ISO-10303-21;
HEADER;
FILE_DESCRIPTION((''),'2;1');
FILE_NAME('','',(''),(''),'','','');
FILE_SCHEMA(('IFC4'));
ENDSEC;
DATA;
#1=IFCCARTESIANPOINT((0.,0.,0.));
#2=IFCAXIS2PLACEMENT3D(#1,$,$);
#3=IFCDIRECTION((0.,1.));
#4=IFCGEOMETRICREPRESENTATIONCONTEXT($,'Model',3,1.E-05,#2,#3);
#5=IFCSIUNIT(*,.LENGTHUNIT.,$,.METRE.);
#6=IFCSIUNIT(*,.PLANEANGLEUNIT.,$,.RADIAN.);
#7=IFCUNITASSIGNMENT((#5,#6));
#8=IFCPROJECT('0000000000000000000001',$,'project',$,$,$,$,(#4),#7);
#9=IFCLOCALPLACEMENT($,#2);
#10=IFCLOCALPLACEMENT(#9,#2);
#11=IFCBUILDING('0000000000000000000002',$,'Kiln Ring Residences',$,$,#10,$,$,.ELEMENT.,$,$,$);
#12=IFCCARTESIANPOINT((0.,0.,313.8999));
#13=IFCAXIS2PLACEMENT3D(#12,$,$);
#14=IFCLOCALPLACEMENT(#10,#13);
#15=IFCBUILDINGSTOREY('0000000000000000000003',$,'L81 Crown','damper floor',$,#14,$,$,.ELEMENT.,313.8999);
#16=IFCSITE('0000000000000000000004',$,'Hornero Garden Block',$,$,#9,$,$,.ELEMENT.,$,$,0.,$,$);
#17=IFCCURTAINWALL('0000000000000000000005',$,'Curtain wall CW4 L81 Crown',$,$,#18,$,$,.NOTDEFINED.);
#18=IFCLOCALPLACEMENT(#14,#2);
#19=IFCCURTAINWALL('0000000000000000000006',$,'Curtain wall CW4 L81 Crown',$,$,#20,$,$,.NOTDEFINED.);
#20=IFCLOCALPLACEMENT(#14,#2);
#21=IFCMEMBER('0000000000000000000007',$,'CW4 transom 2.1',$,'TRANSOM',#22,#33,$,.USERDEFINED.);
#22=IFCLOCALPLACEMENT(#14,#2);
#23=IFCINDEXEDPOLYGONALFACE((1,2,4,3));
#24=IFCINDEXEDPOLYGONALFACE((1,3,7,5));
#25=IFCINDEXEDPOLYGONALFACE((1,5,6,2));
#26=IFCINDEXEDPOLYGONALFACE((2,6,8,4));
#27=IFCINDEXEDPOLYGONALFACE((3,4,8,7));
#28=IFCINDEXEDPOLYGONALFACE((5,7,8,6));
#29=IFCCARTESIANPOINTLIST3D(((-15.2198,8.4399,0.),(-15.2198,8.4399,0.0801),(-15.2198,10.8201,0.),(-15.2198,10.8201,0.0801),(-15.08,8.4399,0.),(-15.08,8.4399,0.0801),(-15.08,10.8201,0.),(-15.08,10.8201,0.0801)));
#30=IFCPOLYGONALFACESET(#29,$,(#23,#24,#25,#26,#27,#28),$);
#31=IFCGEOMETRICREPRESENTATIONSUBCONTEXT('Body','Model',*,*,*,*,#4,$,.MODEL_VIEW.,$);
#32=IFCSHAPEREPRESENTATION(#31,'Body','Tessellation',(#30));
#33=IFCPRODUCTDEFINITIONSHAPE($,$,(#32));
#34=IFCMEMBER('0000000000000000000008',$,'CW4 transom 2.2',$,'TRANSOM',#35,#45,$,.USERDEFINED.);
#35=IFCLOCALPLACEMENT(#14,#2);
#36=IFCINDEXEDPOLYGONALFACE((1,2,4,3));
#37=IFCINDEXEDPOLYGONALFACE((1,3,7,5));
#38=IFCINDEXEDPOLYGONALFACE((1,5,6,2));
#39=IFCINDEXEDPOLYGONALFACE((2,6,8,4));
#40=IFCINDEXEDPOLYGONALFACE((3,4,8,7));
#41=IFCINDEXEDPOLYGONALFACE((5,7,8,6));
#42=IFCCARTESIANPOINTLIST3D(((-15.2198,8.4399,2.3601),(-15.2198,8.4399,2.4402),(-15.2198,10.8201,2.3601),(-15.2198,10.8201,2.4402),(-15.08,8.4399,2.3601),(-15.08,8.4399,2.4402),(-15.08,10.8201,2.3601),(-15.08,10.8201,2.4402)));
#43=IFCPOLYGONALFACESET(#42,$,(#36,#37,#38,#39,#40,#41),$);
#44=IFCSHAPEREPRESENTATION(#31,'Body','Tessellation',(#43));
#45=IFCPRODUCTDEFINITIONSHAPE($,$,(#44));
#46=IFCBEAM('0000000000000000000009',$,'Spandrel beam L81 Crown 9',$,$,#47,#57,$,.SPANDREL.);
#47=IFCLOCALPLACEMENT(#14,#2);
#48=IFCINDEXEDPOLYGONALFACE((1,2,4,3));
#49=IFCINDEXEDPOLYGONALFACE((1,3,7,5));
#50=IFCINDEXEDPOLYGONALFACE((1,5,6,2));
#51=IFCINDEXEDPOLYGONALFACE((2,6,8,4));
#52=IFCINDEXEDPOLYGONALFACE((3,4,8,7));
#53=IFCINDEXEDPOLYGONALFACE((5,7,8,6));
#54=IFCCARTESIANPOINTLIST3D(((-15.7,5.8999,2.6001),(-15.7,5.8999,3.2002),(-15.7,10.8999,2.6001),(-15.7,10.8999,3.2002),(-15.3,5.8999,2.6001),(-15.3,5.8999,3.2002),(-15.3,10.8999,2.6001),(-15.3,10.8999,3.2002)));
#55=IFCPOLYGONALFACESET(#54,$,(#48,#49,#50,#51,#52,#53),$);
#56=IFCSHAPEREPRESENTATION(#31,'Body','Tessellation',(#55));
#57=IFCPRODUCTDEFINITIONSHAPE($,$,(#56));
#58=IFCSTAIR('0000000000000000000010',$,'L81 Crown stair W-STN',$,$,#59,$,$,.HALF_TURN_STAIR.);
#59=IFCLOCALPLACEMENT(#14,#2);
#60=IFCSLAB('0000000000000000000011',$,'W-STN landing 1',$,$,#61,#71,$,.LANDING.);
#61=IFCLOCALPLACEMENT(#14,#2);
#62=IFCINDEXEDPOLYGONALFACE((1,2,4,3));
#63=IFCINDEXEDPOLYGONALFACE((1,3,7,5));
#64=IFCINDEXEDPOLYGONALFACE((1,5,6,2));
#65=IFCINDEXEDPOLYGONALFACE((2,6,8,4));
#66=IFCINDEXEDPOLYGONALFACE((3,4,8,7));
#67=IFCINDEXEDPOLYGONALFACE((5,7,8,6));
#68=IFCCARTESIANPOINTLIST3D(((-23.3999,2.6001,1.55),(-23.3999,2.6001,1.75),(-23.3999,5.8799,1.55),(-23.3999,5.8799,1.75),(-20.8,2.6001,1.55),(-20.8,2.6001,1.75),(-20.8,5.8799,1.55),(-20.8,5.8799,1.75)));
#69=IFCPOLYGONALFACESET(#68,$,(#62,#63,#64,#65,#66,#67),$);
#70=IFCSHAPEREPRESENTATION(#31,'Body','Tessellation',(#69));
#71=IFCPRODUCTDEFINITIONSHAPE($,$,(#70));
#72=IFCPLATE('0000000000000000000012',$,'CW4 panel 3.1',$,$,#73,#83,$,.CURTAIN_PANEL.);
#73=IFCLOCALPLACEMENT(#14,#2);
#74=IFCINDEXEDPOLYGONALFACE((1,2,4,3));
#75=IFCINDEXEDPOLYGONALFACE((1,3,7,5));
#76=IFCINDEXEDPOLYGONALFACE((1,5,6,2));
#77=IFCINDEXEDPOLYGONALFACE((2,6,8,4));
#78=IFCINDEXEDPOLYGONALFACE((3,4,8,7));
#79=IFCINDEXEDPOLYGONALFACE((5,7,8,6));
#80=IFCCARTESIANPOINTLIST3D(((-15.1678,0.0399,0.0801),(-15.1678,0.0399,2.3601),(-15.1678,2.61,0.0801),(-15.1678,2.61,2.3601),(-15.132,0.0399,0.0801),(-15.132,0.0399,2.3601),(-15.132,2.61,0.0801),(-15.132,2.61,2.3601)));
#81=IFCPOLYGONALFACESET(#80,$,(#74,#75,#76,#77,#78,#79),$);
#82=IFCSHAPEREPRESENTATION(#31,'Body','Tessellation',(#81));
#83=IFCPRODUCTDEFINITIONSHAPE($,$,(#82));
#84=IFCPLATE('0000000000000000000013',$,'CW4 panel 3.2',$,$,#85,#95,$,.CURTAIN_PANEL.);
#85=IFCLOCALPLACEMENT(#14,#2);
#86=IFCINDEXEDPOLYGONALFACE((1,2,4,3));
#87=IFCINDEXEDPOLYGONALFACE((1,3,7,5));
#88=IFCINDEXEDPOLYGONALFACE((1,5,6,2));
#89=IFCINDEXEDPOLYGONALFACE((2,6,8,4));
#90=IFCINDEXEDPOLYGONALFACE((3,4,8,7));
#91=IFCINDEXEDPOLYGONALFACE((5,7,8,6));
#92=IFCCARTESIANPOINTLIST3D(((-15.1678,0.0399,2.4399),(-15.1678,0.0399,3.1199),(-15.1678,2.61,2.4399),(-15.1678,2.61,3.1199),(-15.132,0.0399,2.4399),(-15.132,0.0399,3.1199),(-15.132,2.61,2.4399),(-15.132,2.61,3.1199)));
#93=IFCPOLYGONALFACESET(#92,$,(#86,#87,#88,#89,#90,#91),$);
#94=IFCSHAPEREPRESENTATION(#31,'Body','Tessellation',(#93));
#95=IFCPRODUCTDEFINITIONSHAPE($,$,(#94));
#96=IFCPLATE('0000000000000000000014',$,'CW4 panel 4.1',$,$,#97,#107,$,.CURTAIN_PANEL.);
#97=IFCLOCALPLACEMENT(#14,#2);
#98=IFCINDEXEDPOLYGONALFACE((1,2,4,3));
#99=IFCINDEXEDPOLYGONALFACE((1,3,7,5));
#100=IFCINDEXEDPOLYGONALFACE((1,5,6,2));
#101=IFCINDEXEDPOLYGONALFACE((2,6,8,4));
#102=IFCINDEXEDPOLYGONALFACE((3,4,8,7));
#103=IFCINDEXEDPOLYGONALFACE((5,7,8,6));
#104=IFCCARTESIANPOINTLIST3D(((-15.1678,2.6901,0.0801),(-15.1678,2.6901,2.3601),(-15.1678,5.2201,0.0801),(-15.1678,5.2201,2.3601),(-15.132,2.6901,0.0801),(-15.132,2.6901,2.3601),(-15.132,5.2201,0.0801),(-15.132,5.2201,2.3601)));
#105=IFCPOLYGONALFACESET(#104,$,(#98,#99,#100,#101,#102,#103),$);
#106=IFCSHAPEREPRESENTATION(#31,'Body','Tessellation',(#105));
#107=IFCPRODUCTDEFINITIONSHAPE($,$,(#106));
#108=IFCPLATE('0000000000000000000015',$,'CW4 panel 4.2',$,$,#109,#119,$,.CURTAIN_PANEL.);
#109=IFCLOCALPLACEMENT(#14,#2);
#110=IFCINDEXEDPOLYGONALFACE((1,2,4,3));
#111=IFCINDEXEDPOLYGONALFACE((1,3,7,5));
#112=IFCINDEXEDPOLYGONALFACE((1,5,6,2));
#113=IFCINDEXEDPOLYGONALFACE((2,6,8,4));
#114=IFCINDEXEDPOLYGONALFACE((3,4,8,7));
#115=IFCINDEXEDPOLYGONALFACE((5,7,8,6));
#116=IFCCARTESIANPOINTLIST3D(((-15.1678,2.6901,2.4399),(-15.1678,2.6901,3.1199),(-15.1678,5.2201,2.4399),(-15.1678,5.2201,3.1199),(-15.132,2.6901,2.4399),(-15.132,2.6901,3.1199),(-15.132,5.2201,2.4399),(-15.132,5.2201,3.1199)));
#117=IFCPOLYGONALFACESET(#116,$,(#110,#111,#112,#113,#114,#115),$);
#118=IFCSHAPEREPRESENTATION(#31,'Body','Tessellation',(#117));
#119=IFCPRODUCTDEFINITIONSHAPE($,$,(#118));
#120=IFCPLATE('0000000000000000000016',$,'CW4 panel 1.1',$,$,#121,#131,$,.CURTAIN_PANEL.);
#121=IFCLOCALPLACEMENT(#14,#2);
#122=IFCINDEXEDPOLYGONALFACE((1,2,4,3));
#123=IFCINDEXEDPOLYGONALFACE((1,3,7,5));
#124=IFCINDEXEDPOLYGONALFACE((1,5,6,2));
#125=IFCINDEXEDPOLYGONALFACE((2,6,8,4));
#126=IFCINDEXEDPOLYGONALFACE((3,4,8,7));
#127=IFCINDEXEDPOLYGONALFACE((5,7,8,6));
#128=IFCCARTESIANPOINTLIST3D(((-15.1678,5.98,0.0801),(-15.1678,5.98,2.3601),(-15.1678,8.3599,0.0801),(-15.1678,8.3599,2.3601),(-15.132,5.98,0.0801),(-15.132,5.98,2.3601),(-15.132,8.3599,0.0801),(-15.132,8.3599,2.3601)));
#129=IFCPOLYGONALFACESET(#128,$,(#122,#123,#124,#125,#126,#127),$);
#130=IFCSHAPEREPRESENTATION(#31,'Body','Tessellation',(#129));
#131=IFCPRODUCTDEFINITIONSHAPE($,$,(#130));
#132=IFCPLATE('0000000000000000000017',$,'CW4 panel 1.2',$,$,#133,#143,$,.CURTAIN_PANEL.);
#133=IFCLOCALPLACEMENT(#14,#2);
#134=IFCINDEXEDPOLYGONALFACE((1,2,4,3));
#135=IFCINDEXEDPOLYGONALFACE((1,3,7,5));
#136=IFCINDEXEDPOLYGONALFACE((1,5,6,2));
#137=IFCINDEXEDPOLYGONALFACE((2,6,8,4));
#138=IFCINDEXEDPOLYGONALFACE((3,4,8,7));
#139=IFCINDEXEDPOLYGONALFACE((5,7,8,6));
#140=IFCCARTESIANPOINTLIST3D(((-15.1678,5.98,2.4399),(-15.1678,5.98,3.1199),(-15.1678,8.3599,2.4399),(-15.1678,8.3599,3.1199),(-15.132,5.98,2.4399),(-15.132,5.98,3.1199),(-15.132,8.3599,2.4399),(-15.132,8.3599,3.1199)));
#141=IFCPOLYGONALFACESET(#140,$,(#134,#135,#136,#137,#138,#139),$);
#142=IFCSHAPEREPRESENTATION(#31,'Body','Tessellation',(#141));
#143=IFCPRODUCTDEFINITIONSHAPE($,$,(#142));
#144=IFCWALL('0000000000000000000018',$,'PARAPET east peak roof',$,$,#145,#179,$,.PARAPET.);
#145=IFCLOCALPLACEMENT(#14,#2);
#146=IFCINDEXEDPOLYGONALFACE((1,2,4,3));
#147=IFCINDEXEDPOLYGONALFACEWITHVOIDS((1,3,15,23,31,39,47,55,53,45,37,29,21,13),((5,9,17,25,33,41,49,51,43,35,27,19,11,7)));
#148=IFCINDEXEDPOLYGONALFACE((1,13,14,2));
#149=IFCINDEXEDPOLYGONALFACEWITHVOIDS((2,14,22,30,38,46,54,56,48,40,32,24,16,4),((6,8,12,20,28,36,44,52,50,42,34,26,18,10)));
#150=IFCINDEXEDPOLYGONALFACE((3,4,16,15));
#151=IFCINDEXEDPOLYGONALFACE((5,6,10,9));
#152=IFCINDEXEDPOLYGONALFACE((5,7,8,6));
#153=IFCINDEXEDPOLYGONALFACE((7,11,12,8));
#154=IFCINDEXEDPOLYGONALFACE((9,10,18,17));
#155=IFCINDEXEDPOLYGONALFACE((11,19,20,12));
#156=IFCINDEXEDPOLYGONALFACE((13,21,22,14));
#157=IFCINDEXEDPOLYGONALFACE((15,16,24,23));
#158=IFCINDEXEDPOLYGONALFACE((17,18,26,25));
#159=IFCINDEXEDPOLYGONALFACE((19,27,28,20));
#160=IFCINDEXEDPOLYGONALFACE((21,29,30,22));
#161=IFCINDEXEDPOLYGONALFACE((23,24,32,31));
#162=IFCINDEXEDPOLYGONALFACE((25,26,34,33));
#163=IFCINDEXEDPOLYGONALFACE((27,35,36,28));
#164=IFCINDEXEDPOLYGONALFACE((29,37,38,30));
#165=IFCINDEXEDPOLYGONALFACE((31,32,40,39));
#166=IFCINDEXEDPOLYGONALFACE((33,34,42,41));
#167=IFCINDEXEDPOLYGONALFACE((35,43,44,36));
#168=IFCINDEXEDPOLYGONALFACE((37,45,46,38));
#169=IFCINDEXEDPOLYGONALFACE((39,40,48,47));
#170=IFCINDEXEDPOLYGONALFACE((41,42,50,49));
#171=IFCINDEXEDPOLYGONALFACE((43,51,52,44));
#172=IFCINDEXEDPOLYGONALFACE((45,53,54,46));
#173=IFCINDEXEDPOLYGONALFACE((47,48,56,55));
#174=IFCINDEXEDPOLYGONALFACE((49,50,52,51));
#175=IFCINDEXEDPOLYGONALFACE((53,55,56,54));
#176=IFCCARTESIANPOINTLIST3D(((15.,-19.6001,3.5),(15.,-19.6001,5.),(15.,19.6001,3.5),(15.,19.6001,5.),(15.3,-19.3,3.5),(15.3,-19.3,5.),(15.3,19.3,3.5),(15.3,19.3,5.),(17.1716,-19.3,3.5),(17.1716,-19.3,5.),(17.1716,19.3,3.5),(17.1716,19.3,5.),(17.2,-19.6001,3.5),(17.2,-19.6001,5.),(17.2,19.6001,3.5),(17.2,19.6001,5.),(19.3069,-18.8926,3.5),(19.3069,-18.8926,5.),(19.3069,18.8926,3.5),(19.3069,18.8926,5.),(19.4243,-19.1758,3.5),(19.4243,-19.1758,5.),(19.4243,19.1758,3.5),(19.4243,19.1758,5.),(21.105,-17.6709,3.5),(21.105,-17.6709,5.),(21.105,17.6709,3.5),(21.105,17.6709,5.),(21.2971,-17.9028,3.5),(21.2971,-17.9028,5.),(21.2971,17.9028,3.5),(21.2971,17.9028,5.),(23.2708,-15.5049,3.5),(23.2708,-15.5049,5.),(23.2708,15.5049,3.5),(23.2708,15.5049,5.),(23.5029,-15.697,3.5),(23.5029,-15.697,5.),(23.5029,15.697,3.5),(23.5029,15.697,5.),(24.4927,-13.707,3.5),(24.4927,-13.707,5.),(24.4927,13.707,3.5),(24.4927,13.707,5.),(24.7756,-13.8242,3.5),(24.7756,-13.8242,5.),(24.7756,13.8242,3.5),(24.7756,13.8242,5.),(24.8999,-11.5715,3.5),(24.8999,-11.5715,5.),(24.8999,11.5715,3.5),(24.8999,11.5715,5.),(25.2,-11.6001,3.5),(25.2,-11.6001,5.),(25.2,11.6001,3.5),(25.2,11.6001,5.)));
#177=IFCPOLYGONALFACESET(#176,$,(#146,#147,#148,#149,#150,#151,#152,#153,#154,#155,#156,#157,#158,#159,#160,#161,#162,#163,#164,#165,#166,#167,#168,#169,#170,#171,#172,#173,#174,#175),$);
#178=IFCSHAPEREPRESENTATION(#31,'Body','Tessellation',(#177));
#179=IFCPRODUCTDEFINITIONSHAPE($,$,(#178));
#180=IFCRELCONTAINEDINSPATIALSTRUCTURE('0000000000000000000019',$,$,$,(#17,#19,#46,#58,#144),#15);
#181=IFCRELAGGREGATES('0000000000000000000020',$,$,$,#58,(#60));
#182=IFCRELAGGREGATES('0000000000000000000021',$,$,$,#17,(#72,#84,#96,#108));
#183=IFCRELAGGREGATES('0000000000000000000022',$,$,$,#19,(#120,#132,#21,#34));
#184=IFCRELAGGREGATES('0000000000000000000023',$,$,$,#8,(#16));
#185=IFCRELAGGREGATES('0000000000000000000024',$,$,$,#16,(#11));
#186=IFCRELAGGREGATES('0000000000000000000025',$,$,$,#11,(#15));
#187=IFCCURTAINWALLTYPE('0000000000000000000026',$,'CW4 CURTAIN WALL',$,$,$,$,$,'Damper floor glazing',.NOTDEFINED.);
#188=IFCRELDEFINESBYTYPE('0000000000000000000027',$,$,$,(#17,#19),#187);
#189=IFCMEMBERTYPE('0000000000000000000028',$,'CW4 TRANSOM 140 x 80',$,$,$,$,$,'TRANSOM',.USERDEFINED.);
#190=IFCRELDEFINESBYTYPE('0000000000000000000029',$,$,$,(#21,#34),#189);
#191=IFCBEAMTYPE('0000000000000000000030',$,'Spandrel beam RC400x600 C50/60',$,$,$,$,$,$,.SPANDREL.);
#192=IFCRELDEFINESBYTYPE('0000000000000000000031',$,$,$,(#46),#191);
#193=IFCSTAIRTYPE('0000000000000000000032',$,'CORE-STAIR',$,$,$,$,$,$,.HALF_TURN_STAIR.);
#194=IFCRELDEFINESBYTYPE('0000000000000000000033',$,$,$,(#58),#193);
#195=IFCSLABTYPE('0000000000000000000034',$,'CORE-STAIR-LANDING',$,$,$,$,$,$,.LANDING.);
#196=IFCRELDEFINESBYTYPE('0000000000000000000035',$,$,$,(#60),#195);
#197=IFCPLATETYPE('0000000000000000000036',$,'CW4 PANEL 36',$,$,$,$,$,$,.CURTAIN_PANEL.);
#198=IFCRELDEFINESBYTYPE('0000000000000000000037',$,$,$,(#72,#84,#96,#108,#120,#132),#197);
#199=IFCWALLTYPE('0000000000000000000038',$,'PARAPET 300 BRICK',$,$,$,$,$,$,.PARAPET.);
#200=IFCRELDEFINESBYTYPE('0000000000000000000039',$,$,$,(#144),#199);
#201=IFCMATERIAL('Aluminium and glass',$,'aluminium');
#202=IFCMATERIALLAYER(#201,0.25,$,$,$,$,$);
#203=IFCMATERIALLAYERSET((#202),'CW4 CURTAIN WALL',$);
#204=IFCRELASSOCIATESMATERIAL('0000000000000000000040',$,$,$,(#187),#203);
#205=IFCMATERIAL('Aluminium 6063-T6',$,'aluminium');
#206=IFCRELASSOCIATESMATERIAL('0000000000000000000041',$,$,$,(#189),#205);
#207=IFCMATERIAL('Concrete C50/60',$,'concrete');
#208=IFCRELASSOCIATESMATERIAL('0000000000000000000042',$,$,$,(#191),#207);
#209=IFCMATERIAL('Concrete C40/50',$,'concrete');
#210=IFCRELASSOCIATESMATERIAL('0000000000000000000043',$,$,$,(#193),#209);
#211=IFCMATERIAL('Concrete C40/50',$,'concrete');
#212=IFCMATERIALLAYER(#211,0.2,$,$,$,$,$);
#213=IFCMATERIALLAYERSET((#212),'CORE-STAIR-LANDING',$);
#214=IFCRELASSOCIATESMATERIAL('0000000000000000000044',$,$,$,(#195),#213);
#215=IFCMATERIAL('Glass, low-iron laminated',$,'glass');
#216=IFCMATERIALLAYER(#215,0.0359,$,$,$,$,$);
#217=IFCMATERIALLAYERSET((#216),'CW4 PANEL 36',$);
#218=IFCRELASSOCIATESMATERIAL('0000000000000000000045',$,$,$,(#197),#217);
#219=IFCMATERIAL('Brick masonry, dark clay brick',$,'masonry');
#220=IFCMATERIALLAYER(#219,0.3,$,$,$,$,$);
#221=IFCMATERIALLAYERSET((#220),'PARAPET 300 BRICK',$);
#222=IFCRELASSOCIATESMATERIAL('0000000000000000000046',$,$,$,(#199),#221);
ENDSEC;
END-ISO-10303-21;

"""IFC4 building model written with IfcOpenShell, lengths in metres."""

from ifc_helpers import new_model, si_unit, direction, frame, origin, origin_2d, place, context, subcontext, project, spatial, polyline, rectangle, outline, extrude, material, layer, layer_set, material_profile, profile_set, type_object, element, aggregate, save


model = new_model("IFC4")

# Units and contexts
model_context = context("Model", 3, precision=1e-05, world=origin(), true_north=direction((0.0, 1.0)))
body_context = subcontext(model_context, "Body", "Model", "MODEL_VIEW")
ifc_project = project(units=[si_unit("LENGTHUNIT", "METRE"), si_unit("PLANEANGLEUNIT", "RADIAN")], contexts=[model_context])

# Site, building, storey
site_placement = place(None, origin())
site = spatial("IfcSite", under=ifc_project, at=site_placement, Name="Hornero Garden Block", CompositionType="ELEMENT", RefElevation=0.0)
building_placement = place(site_placement, origin())
building = spatial("IfcBuilding", under=site, at=building_placement, Name="Kiln Ring Residences", CompositionType="ELEMENT")
storey_placement = place(building_placement, frame((0.0, 0.0, 313.8999)))
storey = spatial("IfcBuildingStorey", under=building, at=storey_placement, Name="L81 Crown", Description="damper floor", CompositionType="ELEMENT", Elevation=313.8999)

# Curtain walls
ifc_material_1 = material(Name="Aluminium and glass", Category="aluminium")
ifc_layer_1 = layer(ifc_material_1, 0.25)
ifc_layer_set_1 = layer_set([ifc_layer_1], Name="CW4 CURTAIN WALL")
curtain_wall_type = type_object("IfcCurtainWallType", Name="CW4 CURTAIN WALL", ElementType="Damper floor glazing", PredefinedType="NOTDEFINED", material=ifc_layer_set_1)
placement_1 = place(storey_placement, origin())
curtain_wall_1 = element("IfcCurtainWall", 1, at=placement_1, inside=storey, type_object=curtain_wall_type, Name="Curtain wall CW4 L81 Crown", PredefinedType="NOTDEFINED")
curtain_wall_2 = element("IfcCurtainWall", 2, at=placement_1, inside=storey, type_object=curtain_wall_type, Name="Curtain wall CW4 L81 Crown", PredefinedType="NOTDEFINED")

# Members
ifc_material_2 = material(Name="Aluminium 6063-T6", Category="aluminium")
ifc_material_profile_1 = material_profile(ifc_material_2, rectangle(XDim=0.1399, YDim=0.0801, at=origin_2d()), Name="AL 140x80")
ifc_profile_set_1 = profile_set([ifc_material_profile_1], Name="Aluminium 6063-T6")
member_type_1 = type_object("IfcMemberType", Name="CW4 TRANSOM 140 x 80", ElementType="TRANSOM", PredefinedType="USERDEFINED", material=ifc_profile_set_1)
member_1_placement = place(storey_placement, frame((-15.1499, 8.4399, 0.04), z_axis=(0.0, 1.0, 0.0), x_axis=(-1.0, 0.0, 0.0)))
member_1 = element("IfcMember", 3, at=member_1_placement, type_object=member_type_1, Name="CW4 transom 2.1", ObjectType="TRANSOM", PredefinedType="USERDEFINED", context=body_context, shape_type="SweptSolid", body=[
    extrude(rectangle(XDim=0.1399, YDim=0.0801, at=origin_2d()), origin(), (0.0, 0.0, 1.0), 2.3801),
])
member_2_placement = place(storey_placement, frame((-15.1499, 8.4399, 2.4001), z_axis=(0.0, 1.0, 0.0), x_axis=(-1.0, 0.0, 0.0)))
member_2 = element("IfcMember", 4, at=member_2_placement, type_object=member_type_1, Name="CW4 transom 2.2", ObjectType="TRANSOM", PredefinedType="USERDEFINED", context=body_context, shape_type="SweptSolid", body=[
    extrude(rectangle(XDim=0.1399, YDim=0.0801, at=origin_2d()), origin(), (0.0, 0.0, 1.0), 2.3801),
])

# Beam
ifc_material_3 = material(Name="Concrete C50/60", Category="concrete")
ifc_material_profile_2 = material_profile(ifc_material_3, rectangle(XDim=0.3999, YDim=0.6001, at=origin_2d()), Name="RC400x600")
ifc_profile_set_2 = profile_set([ifc_material_profile_2], Name="Concrete C50/60")
beam_type = type_object("IfcBeamType", Name="Spandrel beam RC400x600 C50/60", PredefinedType="SPANDREL", material=ifc_profile_set_2)
beam_placement = place(storey_placement, frame((-15.5, 5.8999, 2.9001), z_axis=(0.0, 1.0, 0.0), x_axis=(-1.0, 0.0, 0.0)))
element("IfcBeam", 5, at=beam_placement, inside=storey, type_object=beam_type, Name="Spandrel beam L81 Crown 9", PredefinedType="SPANDREL", context=body_context, shape_type="SweptSolid", body=[
    extrude(rectangle(XDim=0.3999, YDim=0.6001, at=origin_2d()), origin(), (0.0, 0.0, 1.0), 5.0),
])

# Stair, slab
ifc_material_4 = material(Name="Concrete C40/50", Category="concrete")
stair_type = type_object("IfcStairType", Name="CORE-STAIR", PredefinedType="HALF_TURN_STAIR", material=ifc_material_4)
stair = element("IfcStair", 6, at=placement_1, inside=storey, type_object=stair_type, Name="L81 Crown stair W-STN", PredefinedType="HALF_TURN_STAIR")
ifc_material_5 = material(Name="Concrete C40/50", Category="concrete")
ifc_layer_2 = layer(ifc_material_5, 0.2)
ifc_layer_set_2 = layer_set([ifc_layer_2], Name="CORE-STAIR-LANDING")
slab_type = type_object("IfcSlabType", Name="CORE-STAIR-LANDING", PredefinedType="LANDING", material=ifc_layer_set_2)
slab_placement = place(storey_placement, frame((0.0, 0.0, 1.55)))
slab = element("IfcSlab", 7, at=slab_placement, type_object=slab_type, Name="W-STN landing 1", PredefinedType="LANDING", context=body_context, shape_type="SweptSolid", body=[
    extrude(outline(polyline([(-23.3999, 5.8799), (-23.3999, 2.6001), (-20.8, 2.6001), (-20.8, 5.8799), (-23.3999, 5.8799)])), origin(), (0.0, 0.0, 1.0), 0.2),
])
aggregate(stair, [slab])

# Plates
ifc_material_6 = material(Name="Glass, low-iron laminated", Category="glass")
ifc_layer_3 = layer(ifc_material_6, 0.0359)
ifc_layer_set_3 = layer_set([ifc_layer_3], Name="CW4 PANEL 36")
plate_type = type_object("IfcPlateType", Name="CW4 PANEL 36", PredefinedType="CURTAIN_PANEL", material=ifc_layer_set_3)
plate_1_placement = place(storey_placement, frame((-15.1499, 1.325, 0.0801), z_axis=(0.0, 0.0, 1.0), x_axis=(0.0, 1.0, 0.0)))
plate_1 = element("IfcPlate", 8, at=plate_1_placement, type_object=plate_type, Name="CW4 panel 3.1", PredefinedType="CURTAIN_PANEL", context=body_context, shape_type="SweptSolid", body=[
    extrude(rectangle(XDim=2.5701, YDim=0.0359, at=origin_2d()), origin(), (0.0, 0.0, 1.0), 2.28),
])
plate_2_placement = place(storey_placement, frame((-15.1499, 1.325, 2.4399), z_axis=(0.0, 0.0, 1.0), x_axis=(0.0, 1.0, 0.0)))
plate_2 = element("IfcPlate", 9, at=plate_2_placement, type_object=plate_type, Name="CW4 panel 3.2", PredefinedType="CURTAIN_PANEL", context=body_context, shape_type="SweptSolid", body=[
    extrude(rectangle(XDim=2.5701, YDim=0.0359, at=origin_2d()), origin(), (0.0, 0.0, 1.0), 0.6799),
])
plate_3_placement = place(storey_placement, frame((-15.1499, 3.9551, 0.0801), z_axis=(0.0, 0.0, 1.0), x_axis=(0.0, 1.0, 0.0)))
plate_3 = element("IfcPlate", 10, at=plate_3_placement, type_object=plate_type, Name="CW4 panel 4.1", PredefinedType="CURTAIN_PANEL", context=body_context, shape_type="SweptSolid", body=[
    extrude(rectangle(XDim=2.53, YDim=0.0359, at=origin_2d()), origin(), (0.0, 0.0, 1.0), 2.28),
])
plate_4_placement = place(storey_placement, frame((-15.1499, 3.9551, 2.4399), z_axis=(0.0, 0.0, 1.0), x_axis=(0.0, 1.0, 0.0)))
plate_4 = element("IfcPlate", 11, at=plate_4_placement, type_object=plate_type, Name="CW4 panel 4.2", PredefinedType="CURTAIN_PANEL", context=body_context, shape_type="SweptSolid", body=[
    extrude(rectangle(XDim=2.53, YDim=0.0359, at=origin_2d()), origin(), (0.0, 0.0, 1.0), 0.6799),
])
aggregate(curtain_wall_1, [plate_1, plate_2, plate_3, plate_4])
plate_5_placement = place(storey_placement, frame((-15.1499, 7.1699, 0.0801), z_axis=(0.0, 0.0, 1.0), x_axis=(0.0, 1.0, 0.0)))
plate_5 = element("IfcPlate", 12, at=plate_5_placement, type_object=plate_type, Name="CW4 panel 1.1", PredefinedType="CURTAIN_PANEL", context=body_context, shape_type="SweptSolid", body=[
    extrude(rectangle(XDim=2.3799, YDim=0.0359, at=origin_2d()), origin(), (0.0, 0.0, 1.0), 2.28),
])
plate_6_placement = place(storey_placement, frame((-15.1499, 7.1699, 2.4399), z_axis=(0.0, 0.0, 1.0), x_axis=(0.0, 1.0, 0.0)))
plate_6 = element("IfcPlate", 13, at=plate_6_placement, type_object=plate_type, Name="CW4 panel 1.2", PredefinedType="CURTAIN_PANEL", context=body_context, shape_type="SweptSolid", body=[
    extrude(rectangle(XDim=2.3799, YDim=0.0359, at=origin_2d()), origin(), (0.0, 0.0, 1.0), 0.6799),
])
aggregate(curtain_wall_2, [plate_5, plate_6, member_1, member_2])

# Wall
ifc_material_7 = material(Name="Brick masonry, dark clay brick", Category="masonry")
ifc_layer_4 = layer(ifc_material_7, 0.3)
ifc_layer_set_4 = layer_set([ifc_layer_4], Name="PARAPET 300 BRICK")
wall_type = type_object("IfcWallType", Name="PARAPET 300 BRICK", PredefinedType="PARAPET", material=ifc_layer_set_4)
wall_placement = place(storey_placement, frame((0.0, 0.0, 3.5)))
element("IfcWall", 14, at=wall_placement, inside=storey, type_object=wall_type, Name="PARAPET east peak roof", PredefinedType="PARAPET", context=body_context, shape_type="SweptSolid", body=[
    extrude(outline(polyline([(15.0, 19.6001), (15.0, -19.6001), (17.2, -19.6001), (19.4243, -19.1758), (21.2971, -17.9028), (23.5029, -15.697), (24.7756, -13.8242), (25.2, -11.6001), (25.2, 11.6001), (24.7756, 13.8242), (23.5029, 15.697), (21.2971, 17.9028), (19.4243, 19.1758), (17.2, 19.6001), (15.0, 19.6001)]), holes=[polyline([(17.1716, -19.3), (15.3, -19.3), (15.3, 19.3), (17.1716, 19.3), (19.3069, 18.8926), (21.105, 17.6709), (23.2708, 15.5049), (24.4927, 13.707), (24.8999, 11.5715), (24.8999, -11.5715), (24.4927, -13.707), (23.2708, -15.5049), (21.105, -17.6709), (19.3069, -18.8926), (17.1716, -19.3)])]), origin(), (0.0, 0.0, 1.0), 1.5),
])

save(model, "model.ifc")
